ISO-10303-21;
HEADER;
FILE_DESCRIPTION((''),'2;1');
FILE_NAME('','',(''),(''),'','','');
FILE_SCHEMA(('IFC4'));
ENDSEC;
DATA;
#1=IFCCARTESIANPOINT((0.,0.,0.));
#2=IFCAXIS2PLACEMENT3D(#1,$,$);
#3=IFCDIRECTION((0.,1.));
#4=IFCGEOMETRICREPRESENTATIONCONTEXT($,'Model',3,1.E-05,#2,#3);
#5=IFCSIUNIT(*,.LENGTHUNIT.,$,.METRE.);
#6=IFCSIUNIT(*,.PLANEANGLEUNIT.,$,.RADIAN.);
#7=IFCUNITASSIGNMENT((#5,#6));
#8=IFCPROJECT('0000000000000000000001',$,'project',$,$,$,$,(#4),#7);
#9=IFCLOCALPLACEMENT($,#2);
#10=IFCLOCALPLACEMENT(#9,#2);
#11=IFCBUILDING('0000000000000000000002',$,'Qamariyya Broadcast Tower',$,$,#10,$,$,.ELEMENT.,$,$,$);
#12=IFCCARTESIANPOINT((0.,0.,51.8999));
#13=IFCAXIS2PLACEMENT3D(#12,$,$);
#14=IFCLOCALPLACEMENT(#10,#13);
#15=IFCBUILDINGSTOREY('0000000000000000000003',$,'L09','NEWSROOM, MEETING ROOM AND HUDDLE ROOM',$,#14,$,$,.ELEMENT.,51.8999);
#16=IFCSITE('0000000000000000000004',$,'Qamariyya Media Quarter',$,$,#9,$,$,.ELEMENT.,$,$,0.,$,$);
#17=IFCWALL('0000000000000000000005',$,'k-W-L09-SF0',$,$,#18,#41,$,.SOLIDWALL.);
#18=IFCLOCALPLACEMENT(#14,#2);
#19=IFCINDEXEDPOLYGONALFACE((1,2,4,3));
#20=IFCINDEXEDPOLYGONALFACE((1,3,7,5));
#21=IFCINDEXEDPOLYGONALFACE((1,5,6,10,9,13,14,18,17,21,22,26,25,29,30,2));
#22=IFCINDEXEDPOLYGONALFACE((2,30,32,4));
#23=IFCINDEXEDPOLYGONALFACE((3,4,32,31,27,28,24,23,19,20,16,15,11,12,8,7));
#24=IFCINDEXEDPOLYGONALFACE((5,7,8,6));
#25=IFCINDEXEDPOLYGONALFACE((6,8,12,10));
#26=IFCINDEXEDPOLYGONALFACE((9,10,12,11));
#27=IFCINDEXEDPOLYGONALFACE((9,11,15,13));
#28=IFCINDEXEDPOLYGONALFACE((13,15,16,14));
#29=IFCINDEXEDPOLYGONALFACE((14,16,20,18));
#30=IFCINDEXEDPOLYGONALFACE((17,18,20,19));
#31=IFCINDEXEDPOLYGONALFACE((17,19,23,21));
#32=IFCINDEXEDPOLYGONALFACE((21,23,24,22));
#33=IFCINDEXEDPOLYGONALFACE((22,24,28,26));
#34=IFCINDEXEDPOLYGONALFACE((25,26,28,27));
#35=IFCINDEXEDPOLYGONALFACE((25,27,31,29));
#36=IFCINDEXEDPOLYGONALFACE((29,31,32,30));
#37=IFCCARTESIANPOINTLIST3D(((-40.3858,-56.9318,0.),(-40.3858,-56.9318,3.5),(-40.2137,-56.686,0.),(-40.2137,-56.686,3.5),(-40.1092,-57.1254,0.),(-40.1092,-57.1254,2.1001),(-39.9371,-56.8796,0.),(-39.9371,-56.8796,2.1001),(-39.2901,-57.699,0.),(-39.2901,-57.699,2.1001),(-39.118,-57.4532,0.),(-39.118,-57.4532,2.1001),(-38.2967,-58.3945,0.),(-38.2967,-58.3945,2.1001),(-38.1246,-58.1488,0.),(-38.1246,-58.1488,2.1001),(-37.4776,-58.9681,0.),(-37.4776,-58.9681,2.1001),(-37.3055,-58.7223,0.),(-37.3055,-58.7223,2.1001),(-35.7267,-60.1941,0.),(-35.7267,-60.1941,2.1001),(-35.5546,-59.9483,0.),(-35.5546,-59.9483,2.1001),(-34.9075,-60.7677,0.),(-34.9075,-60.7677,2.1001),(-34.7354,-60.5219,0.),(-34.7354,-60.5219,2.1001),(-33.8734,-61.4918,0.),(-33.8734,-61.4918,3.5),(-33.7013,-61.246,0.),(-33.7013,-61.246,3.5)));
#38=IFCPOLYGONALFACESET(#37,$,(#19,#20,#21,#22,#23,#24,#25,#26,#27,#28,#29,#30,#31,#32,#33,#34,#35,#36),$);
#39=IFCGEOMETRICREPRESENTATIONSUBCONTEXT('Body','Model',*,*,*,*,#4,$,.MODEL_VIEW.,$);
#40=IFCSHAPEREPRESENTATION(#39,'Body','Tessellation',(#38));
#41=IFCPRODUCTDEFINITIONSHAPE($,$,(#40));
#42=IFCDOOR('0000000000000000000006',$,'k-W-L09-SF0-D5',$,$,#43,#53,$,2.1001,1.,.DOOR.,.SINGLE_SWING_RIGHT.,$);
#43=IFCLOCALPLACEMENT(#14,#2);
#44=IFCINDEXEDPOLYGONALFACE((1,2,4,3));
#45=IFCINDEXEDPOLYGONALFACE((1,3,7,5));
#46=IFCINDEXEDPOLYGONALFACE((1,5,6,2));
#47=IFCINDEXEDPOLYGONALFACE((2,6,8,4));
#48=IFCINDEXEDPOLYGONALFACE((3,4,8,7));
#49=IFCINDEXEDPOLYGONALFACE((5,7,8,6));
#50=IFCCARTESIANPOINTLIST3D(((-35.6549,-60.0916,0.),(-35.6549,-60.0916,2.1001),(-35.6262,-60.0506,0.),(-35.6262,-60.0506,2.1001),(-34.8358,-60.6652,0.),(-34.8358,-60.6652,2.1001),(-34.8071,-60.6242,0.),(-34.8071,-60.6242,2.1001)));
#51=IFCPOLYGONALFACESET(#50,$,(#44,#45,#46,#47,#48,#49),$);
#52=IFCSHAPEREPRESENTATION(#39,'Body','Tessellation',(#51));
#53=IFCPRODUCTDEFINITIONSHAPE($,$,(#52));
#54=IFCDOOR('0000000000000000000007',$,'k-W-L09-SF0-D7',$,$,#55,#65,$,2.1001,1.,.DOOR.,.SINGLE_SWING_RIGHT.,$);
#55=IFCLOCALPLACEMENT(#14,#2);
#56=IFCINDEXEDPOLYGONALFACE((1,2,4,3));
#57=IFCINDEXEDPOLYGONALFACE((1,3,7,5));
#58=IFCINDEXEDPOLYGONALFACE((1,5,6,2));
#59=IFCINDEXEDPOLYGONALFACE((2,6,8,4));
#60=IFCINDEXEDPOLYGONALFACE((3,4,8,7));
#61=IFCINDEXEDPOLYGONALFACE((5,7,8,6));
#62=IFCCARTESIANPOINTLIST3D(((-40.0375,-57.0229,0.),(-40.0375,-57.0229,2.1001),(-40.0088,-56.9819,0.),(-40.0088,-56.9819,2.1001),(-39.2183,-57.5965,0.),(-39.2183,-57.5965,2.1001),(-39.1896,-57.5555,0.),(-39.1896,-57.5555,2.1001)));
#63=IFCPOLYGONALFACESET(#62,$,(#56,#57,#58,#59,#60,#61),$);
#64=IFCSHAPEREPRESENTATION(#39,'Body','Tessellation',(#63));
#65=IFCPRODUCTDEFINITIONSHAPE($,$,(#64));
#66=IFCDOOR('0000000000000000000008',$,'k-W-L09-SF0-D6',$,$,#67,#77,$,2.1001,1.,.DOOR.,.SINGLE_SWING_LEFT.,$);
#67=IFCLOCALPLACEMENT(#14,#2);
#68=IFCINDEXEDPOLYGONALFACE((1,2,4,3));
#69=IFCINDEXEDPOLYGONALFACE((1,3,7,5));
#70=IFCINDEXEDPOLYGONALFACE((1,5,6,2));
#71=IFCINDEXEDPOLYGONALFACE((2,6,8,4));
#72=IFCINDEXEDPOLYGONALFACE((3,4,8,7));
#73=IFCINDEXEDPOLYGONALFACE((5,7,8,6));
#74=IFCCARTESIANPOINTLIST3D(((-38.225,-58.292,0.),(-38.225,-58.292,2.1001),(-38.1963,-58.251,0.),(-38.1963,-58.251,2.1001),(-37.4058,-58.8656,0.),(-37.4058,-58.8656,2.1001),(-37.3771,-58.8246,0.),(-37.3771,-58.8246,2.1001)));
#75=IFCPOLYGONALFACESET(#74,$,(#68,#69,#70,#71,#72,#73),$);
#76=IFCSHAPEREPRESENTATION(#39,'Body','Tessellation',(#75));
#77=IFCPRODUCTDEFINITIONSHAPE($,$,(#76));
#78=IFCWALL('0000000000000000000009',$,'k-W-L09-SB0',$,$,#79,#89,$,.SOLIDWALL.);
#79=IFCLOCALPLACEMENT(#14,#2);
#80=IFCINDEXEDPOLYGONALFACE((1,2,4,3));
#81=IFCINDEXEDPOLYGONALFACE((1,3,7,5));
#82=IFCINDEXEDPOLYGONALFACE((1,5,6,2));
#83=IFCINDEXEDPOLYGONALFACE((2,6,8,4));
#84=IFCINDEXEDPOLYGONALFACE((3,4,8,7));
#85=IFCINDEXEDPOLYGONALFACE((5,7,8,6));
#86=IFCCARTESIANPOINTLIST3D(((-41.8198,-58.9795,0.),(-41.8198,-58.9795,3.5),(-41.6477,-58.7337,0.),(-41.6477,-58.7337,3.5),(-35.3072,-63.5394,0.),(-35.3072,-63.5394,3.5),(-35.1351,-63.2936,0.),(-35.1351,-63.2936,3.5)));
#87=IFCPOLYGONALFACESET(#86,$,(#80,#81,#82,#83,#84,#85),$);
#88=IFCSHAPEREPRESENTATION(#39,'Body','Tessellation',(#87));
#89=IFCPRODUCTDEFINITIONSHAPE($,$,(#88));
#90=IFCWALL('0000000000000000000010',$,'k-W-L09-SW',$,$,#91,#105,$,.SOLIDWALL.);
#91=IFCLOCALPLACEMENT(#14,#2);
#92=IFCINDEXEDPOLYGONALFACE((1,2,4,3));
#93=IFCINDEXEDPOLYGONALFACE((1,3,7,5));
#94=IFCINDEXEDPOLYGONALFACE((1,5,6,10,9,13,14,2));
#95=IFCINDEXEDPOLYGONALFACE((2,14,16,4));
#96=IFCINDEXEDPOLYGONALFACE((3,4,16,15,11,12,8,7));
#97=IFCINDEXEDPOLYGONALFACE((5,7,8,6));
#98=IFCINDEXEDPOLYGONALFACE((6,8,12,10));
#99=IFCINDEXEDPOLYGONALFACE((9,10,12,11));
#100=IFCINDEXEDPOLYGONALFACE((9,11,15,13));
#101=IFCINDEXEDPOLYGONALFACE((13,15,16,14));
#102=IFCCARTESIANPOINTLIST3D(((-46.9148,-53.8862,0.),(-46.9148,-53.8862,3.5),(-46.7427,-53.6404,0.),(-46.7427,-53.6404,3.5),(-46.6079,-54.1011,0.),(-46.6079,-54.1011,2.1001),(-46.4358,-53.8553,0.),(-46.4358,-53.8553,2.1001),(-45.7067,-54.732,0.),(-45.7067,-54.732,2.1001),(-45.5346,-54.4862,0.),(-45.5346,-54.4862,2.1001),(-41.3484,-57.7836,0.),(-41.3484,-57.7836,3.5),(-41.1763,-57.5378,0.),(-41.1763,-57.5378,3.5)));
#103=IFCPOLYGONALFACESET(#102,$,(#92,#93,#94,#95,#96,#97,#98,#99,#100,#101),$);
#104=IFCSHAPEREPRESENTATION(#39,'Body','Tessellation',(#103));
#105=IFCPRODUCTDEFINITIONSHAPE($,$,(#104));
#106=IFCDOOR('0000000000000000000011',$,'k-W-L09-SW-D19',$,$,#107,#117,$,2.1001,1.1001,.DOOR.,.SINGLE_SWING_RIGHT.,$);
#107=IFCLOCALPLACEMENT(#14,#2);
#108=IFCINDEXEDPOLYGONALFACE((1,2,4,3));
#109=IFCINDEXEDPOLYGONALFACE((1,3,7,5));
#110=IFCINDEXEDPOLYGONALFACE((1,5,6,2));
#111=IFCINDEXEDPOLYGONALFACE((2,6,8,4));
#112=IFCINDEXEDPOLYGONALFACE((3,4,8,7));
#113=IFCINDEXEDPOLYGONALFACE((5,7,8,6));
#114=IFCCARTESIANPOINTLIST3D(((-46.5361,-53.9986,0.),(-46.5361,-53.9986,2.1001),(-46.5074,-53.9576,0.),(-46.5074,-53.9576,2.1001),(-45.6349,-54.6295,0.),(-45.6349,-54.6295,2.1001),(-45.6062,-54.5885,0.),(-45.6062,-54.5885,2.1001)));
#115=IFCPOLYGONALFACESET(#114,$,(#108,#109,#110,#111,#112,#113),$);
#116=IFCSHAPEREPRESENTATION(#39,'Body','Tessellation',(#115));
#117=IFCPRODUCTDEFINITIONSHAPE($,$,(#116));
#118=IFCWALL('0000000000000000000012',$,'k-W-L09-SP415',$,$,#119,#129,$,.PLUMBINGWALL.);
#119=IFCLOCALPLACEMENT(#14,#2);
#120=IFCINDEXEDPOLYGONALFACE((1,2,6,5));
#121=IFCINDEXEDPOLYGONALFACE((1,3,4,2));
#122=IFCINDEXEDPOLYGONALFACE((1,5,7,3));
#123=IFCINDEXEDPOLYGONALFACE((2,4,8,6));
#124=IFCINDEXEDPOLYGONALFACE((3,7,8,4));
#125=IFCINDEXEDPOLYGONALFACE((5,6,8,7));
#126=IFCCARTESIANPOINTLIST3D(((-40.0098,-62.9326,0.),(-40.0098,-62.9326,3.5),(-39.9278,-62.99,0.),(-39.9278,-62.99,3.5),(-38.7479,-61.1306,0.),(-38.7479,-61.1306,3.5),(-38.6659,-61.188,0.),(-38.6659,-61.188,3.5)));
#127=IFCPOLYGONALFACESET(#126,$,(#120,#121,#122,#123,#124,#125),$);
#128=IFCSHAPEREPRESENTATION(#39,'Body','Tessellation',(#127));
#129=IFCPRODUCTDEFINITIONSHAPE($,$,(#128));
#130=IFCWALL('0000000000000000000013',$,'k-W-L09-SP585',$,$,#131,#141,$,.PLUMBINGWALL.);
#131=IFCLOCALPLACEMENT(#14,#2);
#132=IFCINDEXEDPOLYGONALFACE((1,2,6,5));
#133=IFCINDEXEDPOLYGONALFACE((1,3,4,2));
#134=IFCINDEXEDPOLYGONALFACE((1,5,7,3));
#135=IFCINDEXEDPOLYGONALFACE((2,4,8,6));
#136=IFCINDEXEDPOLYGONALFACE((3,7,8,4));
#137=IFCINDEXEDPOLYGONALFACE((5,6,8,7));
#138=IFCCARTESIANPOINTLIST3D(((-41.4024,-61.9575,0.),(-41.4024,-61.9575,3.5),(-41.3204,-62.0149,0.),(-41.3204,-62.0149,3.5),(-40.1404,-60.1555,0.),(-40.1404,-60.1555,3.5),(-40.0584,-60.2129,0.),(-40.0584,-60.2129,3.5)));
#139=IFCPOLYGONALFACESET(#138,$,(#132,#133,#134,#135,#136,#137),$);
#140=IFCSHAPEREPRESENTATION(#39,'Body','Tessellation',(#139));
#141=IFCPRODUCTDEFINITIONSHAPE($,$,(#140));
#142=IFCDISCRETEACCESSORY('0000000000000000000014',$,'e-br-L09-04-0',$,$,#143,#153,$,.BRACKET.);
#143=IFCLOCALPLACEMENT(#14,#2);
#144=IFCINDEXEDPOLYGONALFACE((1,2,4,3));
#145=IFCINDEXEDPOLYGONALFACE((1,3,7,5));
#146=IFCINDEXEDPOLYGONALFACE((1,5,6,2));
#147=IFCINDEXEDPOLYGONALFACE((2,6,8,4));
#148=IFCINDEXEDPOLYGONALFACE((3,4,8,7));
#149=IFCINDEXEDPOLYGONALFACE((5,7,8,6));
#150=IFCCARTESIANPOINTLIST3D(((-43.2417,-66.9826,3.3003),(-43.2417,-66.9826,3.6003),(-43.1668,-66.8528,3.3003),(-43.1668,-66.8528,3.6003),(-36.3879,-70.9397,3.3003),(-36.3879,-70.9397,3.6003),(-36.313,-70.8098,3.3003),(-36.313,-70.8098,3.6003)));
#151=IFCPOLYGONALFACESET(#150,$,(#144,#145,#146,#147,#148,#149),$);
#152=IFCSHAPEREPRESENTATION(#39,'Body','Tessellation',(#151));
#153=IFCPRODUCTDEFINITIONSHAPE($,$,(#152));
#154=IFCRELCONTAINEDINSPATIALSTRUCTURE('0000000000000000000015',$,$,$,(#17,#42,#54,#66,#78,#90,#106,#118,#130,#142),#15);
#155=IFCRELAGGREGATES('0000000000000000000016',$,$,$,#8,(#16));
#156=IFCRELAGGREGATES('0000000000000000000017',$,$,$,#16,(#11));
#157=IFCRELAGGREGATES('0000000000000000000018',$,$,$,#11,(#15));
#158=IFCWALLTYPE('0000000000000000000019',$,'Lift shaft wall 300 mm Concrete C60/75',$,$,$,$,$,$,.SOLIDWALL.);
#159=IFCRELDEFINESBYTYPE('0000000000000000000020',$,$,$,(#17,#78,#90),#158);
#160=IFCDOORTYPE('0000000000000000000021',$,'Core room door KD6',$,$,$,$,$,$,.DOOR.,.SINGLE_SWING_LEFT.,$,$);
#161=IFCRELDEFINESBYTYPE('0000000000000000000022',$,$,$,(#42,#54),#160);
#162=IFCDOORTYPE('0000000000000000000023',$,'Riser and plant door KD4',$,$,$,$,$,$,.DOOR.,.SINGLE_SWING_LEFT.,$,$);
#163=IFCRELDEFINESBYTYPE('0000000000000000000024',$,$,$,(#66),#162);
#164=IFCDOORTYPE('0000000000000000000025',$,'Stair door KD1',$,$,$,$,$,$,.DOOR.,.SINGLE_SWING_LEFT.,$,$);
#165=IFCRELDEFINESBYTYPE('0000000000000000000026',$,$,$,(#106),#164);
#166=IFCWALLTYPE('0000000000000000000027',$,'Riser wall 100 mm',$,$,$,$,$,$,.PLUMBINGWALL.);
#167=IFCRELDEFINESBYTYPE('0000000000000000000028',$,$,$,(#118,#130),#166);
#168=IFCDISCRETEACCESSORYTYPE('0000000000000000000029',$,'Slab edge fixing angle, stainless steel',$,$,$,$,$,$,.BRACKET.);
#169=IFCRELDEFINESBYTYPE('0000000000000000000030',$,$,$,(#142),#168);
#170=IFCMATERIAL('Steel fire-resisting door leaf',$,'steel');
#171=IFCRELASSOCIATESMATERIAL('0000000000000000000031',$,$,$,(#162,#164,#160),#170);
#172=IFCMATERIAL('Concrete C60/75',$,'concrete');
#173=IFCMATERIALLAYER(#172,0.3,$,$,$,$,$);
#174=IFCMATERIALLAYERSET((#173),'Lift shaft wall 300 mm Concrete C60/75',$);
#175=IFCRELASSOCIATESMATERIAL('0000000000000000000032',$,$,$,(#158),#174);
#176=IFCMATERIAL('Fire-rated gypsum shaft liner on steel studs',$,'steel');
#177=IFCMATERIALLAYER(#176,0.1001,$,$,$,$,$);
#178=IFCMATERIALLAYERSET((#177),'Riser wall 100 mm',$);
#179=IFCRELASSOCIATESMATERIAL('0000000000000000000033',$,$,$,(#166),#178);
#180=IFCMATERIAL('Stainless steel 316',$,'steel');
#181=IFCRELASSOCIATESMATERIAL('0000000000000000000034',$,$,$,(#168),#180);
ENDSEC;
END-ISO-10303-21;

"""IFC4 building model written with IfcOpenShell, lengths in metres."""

from ifc_helpers import new_model, si_unit, direction, frame, frame_2d, origin, origin_2d, place, context, subcontext, project, spatial, rectangle, extrude, material, layer, layer_set, type_object, element, fill, save


model = new_model("IFC4")

# Units and contexts
model_context = context("Model", 3, precision=1e-05, world=origin(), true_north=direction((0.0, 1.0)))
body_context = subcontext(model_context, "Body", "Model", "MODEL_VIEW")
ifc_project = project(units=[si_unit("LENGTHUNIT", "METRE"), si_unit("PLANEANGLEUNIT", "RADIAN")], contexts=[model_context])

# Site, building, storey
site_placement = place(None, origin())
site = spatial("IfcSite", under=ifc_project, at=site_placement, Name="Qamariyya Media Quarter", CompositionType="ELEMENT", RefElevation=0.0)
building_placement = place(site_placement, origin())
building = spatial("IfcBuilding", under=site, at=building_placement, Name="Qamariyya Broadcast Tower", CompositionType="ELEMENT")
storey_placement = place(building_placement, frame((0.0, 0.0, 51.8999)))
storey = spatial("IfcBuildingStorey", under=building, at=storey_placement, Name="L09", Description="NEWSROOM, MEETING ROOM AND HUDDLE ROOM", CompositionType="ELEMENT", Elevation=51.8999)

# Shared definitions
ifc_material_1 = material(Name="Steel fire-resisting door leaf", Category="steel")

# Shared definitions
door_type_1 = type_object("IfcDoorType", Name="Riser and plant door KD4", OperationType="SINGLE_SWING_LEFT", PredefinedType="DOOR", material=ifc_material_1)
door_type_2 = type_object("IfcDoorType", Name="Stair door KD1", OperationType="SINGLE_SWING_LEFT", PredefinedType="DOOR", material=ifc_material_1)

# Shared definitions
ifc_material_2 = material(Name="Concrete C60/75", Category="concrete")
ifc_layer_1 = layer(ifc_material_2, 0.3)
ifc_layer_set_1 = layer_set([ifc_layer_1], Name="Lift shaft wall 300 mm Concrete C60/75")
wall_type_1 = type_object("IfcWallType", Name="Lift shaft wall 300 mm Concrete C60/75", PredefinedType="SOLIDWALL", material=ifc_layer_set_1)

# Wall, openings, doors
wall_1_placement = place(storey_placement, frame((-33.7874, -61.3689, 0.0), z_axis=(0.0, 0.0, 1.0), x_axis=(-0.819153, 0.573576, 0.0)))
wall_1 = element("IfcWall", 1, at=wall_1_placement, inside=storey, type_object=wall_type_1, Name="k-W-L09-SF0", PredefinedType="SOLIDWALL", context=body_context, shape_type="SweptSolid", body=[
    extrude(rectangle(XDim=7.9502, YDim=0.3, at=frame_2d((3.9751, 0.0))), origin(), (0.0, 0.0, 1.0), 3.5),
])
opening_1_placement = place(wall_1_placement, frame((1.2625, 0.0, 0.0)))
opening_1 = element("IfcOpeningElement", 2, at=opening_1_placement, cuts=wall_1, PredefinedType="OPENING", context=body_context, shape_type="SweptSolid", body=[
    extrude(rectangle(XDim=1.0, YDim=2.1001, at=frame_2d((0.5, 1.05))), frame((0.0, 0.1599, 0.0), z_axis=(0.0, -1.0, 0.0), x_axis=(1.0, 0.0, 0.0)), (0.0, 0.0, 1.0), 0.3201),
])
opening_2_placement = place(wall_1_placement, frame((4.3999, 0.0, 0.0)))
opening_2 = element("IfcOpeningElement", 3, at=opening_2_placement, cuts=wall_1, PredefinedType="OPENING", context=body_context, shape_type="SweptSolid", body=[
    extrude(rectangle(XDim=1.0, YDim=2.1001, at=frame_2d((0.5, 1.05))), frame((0.0, 0.1599, 0.0), z_axis=(0.0, -1.0, 0.0), x_axis=(1.0, 0.0, 0.0)), (0.0, 0.0, 1.0), 0.3201),
])
opening_3_placement = place(wall_1_placement, frame((6.6125, 0.0, 0.0)))
opening_3 = element("IfcOpeningElement", 4, at=opening_3_placement, cuts=wall_1, PredefinedType="OPENING", context=body_context, shape_type="SweptSolid", body=[
    extrude(rectangle(XDim=1.0, YDim=2.1001, at=frame_2d((0.5, 1.05))), frame((0.0, 0.1599, 0.0), z_axis=(0.0, -1.0, 0.0), x_axis=(1.0, 0.0, 0.0)), (0.0, 0.0, 1.0), 0.3201),
])
door_type_3 = type_object("IfcDoorType", Name="Core room door KD6", OperationType="SINGLE_SWING_LEFT", PredefinedType="DOOR", material=ifc_material_1)
door_1_placement = place(opening_1_placement, origin())
door_1 = element("IfcDoor", 5, at=door_1_placement, inside=storey, type_object=door_type_3, Name="k-W-L09-SF0-D5", OperationType="SINGLE_SWING_RIGHT", OverallHeight=2.1001, OverallWidth=1.0, PredefinedType="DOOR", context=body_context, shape_type="SweptSolid", body=[
    extrude(rectangle(XDim=1.0, YDim=2.1001, at=frame_2d((0.5, 1.05))), frame((0.0, 0.0249, 0.0), z_axis=(0.0, -1.0, 0.0), x_axis=(1.0, 0.0, 0.0)), (0.0, 0.0, 1.0), 0.05),
])
fill(opening_1, door_1)
door_2_placement = place(opening_3_placement, origin())
door_2 = element("IfcDoor", 6, at=door_2_placement, inside=storey, type_object=door_type_3, Name="k-W-L09-SF0-D7", OperationType="SINGLE_SWING_RIGHT", OverallHeight=2.1001, OverallWidth=1.0, PredefinedType="DOOR", context=body_context, shape_type="SweptSolid", body=[
    extrude(rectangle(XDim=1.0, YDim=2.1001, at=frame_2d((0.5, 1.05))), frame((0.0, 0.0249, 0.0), z_axis=(0.0, -1.0, 0.0), x_axis=(1.0, 0.0, 0.0)), (0.0, 0.0, 1.0), 0.05),
])
fill(opening_3, door_2)
door_3_placement = place(opening_2_placement, origin())
door_3 = element("IfcDoor", 7, at=door_3_placement, inside=storey, type_object=door_type_1, Name="k-W-L09-SF0-D6", OperationType="SINGLE_SWING_LEFT", OverallHeight=2.1001, OverallWidth=1.0, PredefinedType="DOOR", context=body_context, shape_type="SweptSolid", body=[
    extrude(rectangle(XDim=1.0, YDim=2.1001, at=frame_2d((0.5, 1.05))), frame((0.0, 0.0249, 0.0), z_axis=(0.0, -1.0, 0.0), x_axis=(1.0, 0.0, 0.0)), (0.0, 0.0, 1.0), 0.05),
])
fill(opening_2, door_3)

# Wall
wall_2_placement = place(storey_placement, frame((-35.2212, -63.4165, 0.0), z_axis=(0.0, 0.0, 1.0), x_axis=(-0.819167, 0.573555, 0.0)))
element("IfcWall", 8, at=wall_2_placement, inside=storey, type_object=wall_type_1, Name="k-W-L09-SB0", PredefinedType="SOLIDWALL", context=body_context, shape_type="SweptSolid", body=[
    extrude(rectangle(XDim=7.9502, YDim=0.3, at=frame_2d((3.9751, 0.0))), origin(), (0.0, 0.0, 1.0), 3.5),
])

# Wall, opening, door
wall_3_placement = place(storey_placement, frame((-41.2625, -57.6606, 0.0), z_axis=(0.0, 0.0, 1.0), x_axis=(-0.819164, 0.573559, 0.0)))
wall_3 = element("IfcWall", 9, at=wall_3_placement, inside=storey, type_object=wall_type_1, Name="k-W-L09-SW", PredefinedType="SOLIDWALL", context=body_context, shape_type="SweptSolid", body=[
    extrude(rectangle(XDim=6.7952, YDim=0.3, at=frame_2d((3.3975, 0.0))), origin(), (0.0, 0.0, 1.0), 3.5),
])
opening_4_placement = place(wall_3_placement, frame((5.3203, 0.0, 0.0)))
opening_4 = element("IfcOpeningElement", 10, at=opening_4_placement, cuts=wall_3, PredefinedType="OPENING", context=body_context, shape_type="SweptSolid", body=[
    extrude(rectangle(XDim=1.1001, YDim=2.1001, at=frame_2d((0.55, 1.05))), frame((0.0, 0.1599, 0.0), z_axis=(0.0, -1.0, 0.0), x_axis=(1.0, 0.0, 0.0)), (0.0, 0.0, 1.0), 0.3201),
])
door_4_placement = place(opening_4_placement, origin())
door_4 = element("IfcDoor", 11, at=door_4_placement, inside=storey, type_object=door_type_2, Name="k-W-L09-SW-D19", OperationType="SINGLE_SWING_RIGHT", OverallHeight=2.1001, OverallWidth=1.1001, PredefinedType="DOOR", context=body_context, shape_type="SweptSolid", body=[
    extrude(rectangle(XDim=1.1001, YDim=2.1001, at=frame_2d((0.55, 1.05))), frame((0.0, 0.0249, 0.0), z_axis=(0.0, -1.0, 0.0), x_axis=(1.0, 0.0, 0.0)), (0.0, 0.0, 1.0), 0.05),
])
fill(opening_4, door_4)

# Walls
ifc_material_3 = material(Name="Fire-rated gypsum shaft liner on steel studs", Category="steel")
ifc_layer_2 = layer(ifc_material_3, 0.1001)
ifc_layer_set_2 = layer_set([ifc_layer_2], Name="Riser wall 100 mm")
wall_type_2 = type_object("IfcWallType", Name="Riser wall 100 mm", PredefinedType="PLUMBINGWALL", material=ifc_layer_set_2)
for number, where, z_axis, x_axis, name in (
    (12, (-38.7068, -61.1592, 0.0), (0.0, 0.0, 1.0), (-0.573634, -0.819112, 0.0), "k-W-L09-SP415"),
    (13, (-40.0994, -60.1841, 0.0), (0.0, 0.0, 1.0), (-0.573634, -0.819112, 0.0), "k-W-L09-SP585"),
):
    element("IfcWall", number, at=place(storey_placement, frame(where, z_axis=z_axis, x_axis=x_axis)), inside=storey, type_object=wall_type_2, Name=name, PredefinedType="PLUMBINGWALL", context=body_context, shape_type="SweptSolid", body=[
        extrude(rectangle(XDim=2.2, YDim=0.1001, at=frame_2d((1.1001, 0.0))), origin(), (0.0, 0.0, 1.0), 3.5),
    ])

# Discrete accessory
ifc_material_4 = material(Name="Stainless steel 316", Category="steel")
discrete_accessory_type = type_object("IfcDiscreteAccessoryType", Name="Slab edge fixing angle, stainless steel", PredefinedType="BRACKET", material=ifc_material_4)
discrete_accessory_placement = place(storey_placement, frame((-39.7773, -68.8962, 3.3003), z_axis=(0.0, 0.0, 1.0), x_axis=(0.866025, -0.5, 0.0)))
element("IfcDiscreteAccessory", 14, at=discrete_accessory_placement, inside=storey, type_object=discrete_accessory_type, Name="e-br-L09-04-0", PredefinedType="BRACKET", context=body_context, shape_type="SweptSolid", body=[
    extrude(rectangle(XDim=7.9141, YDim=0.1499, at=origin_2d()), origin(), (0.0, 0.0, 1.0), 0.3),
])

save(model, "model.ifc")
